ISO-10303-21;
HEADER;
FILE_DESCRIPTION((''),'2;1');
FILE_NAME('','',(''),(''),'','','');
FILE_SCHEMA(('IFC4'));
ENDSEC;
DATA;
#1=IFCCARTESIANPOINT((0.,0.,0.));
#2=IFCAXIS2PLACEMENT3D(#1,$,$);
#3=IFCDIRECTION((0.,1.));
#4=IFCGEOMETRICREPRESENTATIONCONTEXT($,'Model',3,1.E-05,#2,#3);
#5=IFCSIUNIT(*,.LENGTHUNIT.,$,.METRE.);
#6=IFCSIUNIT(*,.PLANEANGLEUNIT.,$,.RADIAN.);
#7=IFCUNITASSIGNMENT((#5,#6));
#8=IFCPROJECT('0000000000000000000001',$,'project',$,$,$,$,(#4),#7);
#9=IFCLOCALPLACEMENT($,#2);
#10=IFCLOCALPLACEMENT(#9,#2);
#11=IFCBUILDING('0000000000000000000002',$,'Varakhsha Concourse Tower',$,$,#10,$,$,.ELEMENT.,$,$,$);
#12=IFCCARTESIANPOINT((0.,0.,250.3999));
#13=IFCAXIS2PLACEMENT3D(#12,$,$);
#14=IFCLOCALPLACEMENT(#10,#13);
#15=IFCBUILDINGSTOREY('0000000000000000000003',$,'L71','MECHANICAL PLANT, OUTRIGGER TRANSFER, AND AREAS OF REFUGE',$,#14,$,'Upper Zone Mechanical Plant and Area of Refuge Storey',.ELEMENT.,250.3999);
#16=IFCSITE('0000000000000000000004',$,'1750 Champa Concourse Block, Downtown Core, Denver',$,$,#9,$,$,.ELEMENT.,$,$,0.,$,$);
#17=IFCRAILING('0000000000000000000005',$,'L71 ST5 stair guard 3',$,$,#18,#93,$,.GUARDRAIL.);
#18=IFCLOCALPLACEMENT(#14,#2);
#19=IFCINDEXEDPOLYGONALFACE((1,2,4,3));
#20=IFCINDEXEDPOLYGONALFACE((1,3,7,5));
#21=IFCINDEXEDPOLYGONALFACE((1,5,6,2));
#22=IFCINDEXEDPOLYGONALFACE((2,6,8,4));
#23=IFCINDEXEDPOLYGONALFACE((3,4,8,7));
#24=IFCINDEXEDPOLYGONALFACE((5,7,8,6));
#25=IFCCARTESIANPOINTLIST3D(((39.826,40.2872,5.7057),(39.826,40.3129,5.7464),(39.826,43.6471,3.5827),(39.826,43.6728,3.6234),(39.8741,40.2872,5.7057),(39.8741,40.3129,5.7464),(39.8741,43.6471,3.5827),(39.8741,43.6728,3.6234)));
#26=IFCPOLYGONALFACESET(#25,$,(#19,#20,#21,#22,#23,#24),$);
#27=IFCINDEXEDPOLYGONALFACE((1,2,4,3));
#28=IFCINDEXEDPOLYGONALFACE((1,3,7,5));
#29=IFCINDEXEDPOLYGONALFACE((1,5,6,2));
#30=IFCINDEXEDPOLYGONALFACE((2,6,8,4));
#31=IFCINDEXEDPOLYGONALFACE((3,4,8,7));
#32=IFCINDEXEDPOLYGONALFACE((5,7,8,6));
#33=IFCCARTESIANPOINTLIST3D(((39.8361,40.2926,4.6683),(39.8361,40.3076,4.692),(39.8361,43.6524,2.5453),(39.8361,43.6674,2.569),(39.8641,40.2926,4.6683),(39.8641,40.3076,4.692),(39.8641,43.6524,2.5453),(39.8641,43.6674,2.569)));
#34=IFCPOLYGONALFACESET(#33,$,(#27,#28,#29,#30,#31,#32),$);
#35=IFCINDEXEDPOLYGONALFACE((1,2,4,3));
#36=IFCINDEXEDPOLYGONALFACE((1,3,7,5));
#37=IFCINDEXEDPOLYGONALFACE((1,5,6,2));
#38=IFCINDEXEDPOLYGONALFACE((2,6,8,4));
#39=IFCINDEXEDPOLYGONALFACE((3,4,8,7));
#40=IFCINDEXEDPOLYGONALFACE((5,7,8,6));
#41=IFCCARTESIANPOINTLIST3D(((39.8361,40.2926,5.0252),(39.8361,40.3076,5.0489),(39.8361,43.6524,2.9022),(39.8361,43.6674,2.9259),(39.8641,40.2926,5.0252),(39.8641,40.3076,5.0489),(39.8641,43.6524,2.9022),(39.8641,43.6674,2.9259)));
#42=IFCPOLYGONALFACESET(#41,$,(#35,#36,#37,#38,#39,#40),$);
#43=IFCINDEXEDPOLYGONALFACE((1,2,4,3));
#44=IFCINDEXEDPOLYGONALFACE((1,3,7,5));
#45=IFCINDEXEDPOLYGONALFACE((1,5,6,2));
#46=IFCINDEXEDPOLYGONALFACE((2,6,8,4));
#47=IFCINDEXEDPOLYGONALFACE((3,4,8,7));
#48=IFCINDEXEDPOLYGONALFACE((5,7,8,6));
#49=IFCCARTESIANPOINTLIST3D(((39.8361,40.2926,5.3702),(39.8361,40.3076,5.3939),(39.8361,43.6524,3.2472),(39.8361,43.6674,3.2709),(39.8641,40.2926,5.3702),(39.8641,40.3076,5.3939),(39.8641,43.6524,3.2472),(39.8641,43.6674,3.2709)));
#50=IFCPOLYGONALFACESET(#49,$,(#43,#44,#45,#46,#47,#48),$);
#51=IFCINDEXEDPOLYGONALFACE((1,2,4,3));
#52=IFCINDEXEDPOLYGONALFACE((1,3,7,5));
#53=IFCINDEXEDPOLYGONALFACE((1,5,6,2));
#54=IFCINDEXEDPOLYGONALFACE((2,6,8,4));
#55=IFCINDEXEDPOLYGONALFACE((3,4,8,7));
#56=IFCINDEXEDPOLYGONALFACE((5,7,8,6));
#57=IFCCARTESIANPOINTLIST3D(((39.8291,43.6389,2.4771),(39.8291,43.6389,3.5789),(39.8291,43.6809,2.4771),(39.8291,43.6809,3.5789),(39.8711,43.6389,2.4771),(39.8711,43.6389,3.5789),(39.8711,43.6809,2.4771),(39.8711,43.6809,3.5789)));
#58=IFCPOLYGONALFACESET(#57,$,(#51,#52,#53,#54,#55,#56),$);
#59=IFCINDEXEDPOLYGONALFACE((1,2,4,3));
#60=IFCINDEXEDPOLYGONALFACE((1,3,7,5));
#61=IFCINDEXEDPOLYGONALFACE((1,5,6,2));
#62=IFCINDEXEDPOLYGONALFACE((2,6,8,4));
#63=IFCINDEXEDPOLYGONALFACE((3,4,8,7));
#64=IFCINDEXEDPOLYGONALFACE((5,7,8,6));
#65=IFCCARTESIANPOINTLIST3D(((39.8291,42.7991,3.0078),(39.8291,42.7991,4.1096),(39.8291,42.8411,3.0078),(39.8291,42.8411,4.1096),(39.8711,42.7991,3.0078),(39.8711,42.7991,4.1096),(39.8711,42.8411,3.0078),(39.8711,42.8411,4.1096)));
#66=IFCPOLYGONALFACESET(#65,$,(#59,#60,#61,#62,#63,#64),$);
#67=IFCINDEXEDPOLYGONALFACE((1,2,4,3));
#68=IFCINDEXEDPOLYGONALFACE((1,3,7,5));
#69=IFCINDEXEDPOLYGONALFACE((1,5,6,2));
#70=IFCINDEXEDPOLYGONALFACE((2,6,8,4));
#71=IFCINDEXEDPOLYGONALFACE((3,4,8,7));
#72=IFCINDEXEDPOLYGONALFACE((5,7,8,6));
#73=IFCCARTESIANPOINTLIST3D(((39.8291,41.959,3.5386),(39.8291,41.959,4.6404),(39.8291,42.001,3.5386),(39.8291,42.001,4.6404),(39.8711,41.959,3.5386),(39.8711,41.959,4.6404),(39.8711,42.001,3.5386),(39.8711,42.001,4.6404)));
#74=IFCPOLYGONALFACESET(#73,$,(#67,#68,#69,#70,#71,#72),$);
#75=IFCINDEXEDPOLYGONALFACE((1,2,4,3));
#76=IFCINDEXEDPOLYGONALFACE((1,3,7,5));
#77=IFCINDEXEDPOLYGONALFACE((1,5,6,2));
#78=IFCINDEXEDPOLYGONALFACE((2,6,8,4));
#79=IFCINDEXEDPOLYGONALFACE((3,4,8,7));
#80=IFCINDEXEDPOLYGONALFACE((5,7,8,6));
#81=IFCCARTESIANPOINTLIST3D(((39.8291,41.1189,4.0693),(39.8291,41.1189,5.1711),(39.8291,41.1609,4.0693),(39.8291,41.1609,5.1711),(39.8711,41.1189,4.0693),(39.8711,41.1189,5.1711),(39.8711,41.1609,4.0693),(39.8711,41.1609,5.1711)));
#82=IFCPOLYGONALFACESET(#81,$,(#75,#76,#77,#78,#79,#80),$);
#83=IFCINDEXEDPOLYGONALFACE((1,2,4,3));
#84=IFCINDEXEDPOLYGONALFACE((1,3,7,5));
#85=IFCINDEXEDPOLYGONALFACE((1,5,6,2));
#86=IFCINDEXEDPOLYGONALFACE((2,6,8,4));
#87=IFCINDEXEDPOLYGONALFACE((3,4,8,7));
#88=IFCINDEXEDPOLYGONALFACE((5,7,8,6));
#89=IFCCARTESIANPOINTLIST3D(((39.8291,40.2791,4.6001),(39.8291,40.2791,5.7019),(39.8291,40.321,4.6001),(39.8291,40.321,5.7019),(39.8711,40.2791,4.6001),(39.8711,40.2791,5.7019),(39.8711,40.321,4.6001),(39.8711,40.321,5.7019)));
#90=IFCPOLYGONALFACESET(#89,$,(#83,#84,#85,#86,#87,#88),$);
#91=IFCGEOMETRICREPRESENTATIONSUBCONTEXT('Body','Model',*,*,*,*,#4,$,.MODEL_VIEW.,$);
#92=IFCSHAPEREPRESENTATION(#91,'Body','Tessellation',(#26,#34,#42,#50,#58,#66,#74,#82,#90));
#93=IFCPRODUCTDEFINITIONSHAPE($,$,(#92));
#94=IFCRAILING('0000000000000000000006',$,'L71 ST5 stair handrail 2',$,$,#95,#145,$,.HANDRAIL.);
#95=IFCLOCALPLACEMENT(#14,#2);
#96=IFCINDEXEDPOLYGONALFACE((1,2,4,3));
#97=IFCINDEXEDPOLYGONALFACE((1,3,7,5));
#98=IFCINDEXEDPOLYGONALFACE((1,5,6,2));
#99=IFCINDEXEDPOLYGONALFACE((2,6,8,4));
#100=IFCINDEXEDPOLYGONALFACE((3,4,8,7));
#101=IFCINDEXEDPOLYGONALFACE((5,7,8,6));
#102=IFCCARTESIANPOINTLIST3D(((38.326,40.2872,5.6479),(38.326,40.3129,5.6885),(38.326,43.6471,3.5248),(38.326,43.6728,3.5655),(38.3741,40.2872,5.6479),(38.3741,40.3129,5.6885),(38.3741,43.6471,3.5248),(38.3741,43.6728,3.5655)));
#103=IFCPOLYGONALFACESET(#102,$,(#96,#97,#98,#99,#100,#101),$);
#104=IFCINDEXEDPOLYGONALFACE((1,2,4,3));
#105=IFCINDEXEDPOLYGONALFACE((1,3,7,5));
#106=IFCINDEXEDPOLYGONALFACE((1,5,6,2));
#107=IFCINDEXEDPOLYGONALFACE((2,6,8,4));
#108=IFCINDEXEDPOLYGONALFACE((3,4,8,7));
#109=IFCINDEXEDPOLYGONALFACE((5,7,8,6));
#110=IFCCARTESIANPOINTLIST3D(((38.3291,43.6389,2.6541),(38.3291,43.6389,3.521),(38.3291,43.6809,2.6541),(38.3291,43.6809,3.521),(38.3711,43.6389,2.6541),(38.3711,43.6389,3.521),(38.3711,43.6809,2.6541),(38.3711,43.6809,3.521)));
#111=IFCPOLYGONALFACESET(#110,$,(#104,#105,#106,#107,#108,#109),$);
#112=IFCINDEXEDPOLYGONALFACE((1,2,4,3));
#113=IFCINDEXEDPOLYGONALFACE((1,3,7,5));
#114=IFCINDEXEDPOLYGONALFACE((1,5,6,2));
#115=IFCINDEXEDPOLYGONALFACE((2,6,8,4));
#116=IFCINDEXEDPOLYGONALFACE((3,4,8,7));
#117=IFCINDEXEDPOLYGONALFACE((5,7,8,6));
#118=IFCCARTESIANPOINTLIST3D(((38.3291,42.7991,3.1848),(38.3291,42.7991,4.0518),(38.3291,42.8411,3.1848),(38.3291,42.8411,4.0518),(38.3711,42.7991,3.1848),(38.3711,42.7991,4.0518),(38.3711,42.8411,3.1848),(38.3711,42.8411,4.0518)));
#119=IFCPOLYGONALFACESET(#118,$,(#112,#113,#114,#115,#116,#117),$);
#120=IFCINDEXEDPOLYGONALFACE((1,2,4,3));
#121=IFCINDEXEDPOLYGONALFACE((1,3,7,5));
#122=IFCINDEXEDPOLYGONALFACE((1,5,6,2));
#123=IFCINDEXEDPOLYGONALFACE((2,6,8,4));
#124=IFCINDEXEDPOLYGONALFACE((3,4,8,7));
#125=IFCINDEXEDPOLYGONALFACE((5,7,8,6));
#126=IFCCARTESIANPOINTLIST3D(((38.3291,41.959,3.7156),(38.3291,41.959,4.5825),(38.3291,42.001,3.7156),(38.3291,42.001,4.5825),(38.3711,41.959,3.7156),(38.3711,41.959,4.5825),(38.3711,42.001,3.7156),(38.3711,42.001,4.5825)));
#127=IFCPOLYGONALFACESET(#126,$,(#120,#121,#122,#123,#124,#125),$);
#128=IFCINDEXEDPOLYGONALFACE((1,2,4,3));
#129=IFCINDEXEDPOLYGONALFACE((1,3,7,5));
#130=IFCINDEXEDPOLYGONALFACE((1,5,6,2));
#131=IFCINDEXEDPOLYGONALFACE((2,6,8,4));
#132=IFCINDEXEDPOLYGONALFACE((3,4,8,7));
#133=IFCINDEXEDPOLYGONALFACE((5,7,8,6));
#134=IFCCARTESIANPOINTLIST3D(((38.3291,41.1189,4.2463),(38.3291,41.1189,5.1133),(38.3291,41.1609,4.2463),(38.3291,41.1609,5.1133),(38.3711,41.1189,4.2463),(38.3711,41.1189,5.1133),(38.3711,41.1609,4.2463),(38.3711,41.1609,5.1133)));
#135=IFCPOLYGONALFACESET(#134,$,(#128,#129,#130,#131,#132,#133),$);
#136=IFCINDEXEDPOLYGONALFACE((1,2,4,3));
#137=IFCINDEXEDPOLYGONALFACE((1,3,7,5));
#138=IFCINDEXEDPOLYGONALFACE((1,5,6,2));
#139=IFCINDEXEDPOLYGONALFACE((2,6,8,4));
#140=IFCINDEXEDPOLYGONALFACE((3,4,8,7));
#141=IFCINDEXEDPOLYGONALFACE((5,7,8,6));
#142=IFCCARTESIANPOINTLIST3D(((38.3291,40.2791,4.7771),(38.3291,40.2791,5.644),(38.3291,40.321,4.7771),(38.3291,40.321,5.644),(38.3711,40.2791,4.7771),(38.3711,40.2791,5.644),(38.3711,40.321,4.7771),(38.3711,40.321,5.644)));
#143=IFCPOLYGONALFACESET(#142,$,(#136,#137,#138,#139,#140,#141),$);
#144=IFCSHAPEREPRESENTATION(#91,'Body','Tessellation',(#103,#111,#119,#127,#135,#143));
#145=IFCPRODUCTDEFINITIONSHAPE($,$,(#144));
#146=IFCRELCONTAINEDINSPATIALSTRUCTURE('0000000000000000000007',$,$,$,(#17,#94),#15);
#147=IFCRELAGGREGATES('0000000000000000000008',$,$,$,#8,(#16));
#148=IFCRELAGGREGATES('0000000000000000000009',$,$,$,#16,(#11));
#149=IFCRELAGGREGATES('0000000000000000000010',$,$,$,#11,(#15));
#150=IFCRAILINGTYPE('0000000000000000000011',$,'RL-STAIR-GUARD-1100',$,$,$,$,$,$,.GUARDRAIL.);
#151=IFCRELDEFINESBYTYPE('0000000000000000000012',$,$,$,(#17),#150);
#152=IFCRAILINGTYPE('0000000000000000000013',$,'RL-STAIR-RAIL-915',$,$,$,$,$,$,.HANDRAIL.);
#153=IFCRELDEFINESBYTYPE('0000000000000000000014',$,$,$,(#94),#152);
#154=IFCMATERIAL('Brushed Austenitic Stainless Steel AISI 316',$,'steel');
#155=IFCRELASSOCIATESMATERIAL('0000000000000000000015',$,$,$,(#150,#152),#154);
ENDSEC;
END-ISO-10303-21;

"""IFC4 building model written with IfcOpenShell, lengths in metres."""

from ifc_helpers import new_model, si_unit, direction, frame, origin, origin_2d, place, context, subcontext, project, spatial, rectangle, extrude, material, type_object, element, save


model = new_model("IFC4")

# Units and contexts
model_context = context("Model", 3, precision=1e-05, world=origin(), true_north=direction((0.0, 1.0)))
body_context = subcontext(model_context, "Body", "Model", "MODEL_VIEW")
ifc_project = project(units=[si_unit("LENGTHUNIT", "METRE"), si_unit("PLANEANGLEUNIT", "RADIAN")], contexts=[model_context])

# Site, building, storey
site_placement = place(None, origin())
site = spatial("IfcSite", under=ifc_project, at=site_placement, Name="1750 Champa Concourse Block, Downtown Core, Denver", CompositionType="ELEMENT", RefElevation=0.0)
building_placement = place(site_placement, origin())
building = spatial("IfcBuilding", under=site, at=building_placement, Name="Varakhsha Concourse Tower", CompositionType="ELEMENT")
storey_placement = place(building_placement, frame((0.0, 0.0, 250.3999)))
storey = spatial("IfcBuildingStorey", under=building, at=storey_placement, Name="L71", Description="MECHANICAL PLANT, OUTRIGGER TRANSFER, AND AREAS OF REFUGE", LongName="Upper Zone Mechanical Plant and Area of Refuge Storey", CompositionType="ELEMENT", Elevation=250.3999)

# Railings
ifc_material_1 = material(Name="Brushed Austenitic Stainless Steel AISI 316", Category="steel")
railing_type_1 = type_object("IfcRailingType", Name="RL-STAIR-GUARD-1100", PredefinedType="GUARDRAIL", material=ifc_material_1)
railing_1_placement = place(storey_placement, frame((39.8501, 43.6599, 2.4771)))
element("IfcRailing", 1, at=railing_1_placement, inside=storey, type_object=railing_type_1, Name="L71 ST5 stair guard 3", PredefinedType="GUARDRAIL", context=body_context, shape_type="SweptSolid", body=[
    extrude(rectangle(XDim=0.0481, YDim=0.0481, at=origin_2d()), frame((0.0, 0.0, 1.126), z_axis=(0.0, -0.845372, 0.534178), x_axis=(1.0, 0.0, 0.0)), (0.0, 0.0, 1.0), 3.9744),
    extrude(rectangle(XDim=0.0281, YDim=0.0281, at=origin_2d()), frame((0.0, 0.0, 0.0801), z_axis=(0.0, -0.845372, 0.534178), x_axis=(1.0, 0.0, 0.0)), (0.0, 0.0, 1.0), 3.9744),
    extrude(rectangle(XDim=0.0281, YDim=0.0281, at=origin_2d()), frame((0.0, 0.0, 0.437), z_axis=(0.0, -0.845372, 0.534178), x_axis=(1.0, 0.0, 0.0)), (0.0, 0.0, 1.0), 3.9744),
    extrude(rectangle(XDim=0.0281, YDim=0.0281, at=origin_2d()), frame((0.0, 0.0, 0.782), z_axis=(0.0, -0.845372, 0.534178), x_axis=(1.0, 0.0, 0.0)), (0.0, 0.0, 1.0), 3.9744),
    extrude(rectangle(XDim=0.042, YDim=0.042, at=origin_2d()), origin(), (0.0, 0.0, 1.0), 1.1018),
    extrude(rectangle(XDim=0.042, YDim=0.042, at=origin_2d()), frame((0.0, -0.8398, 0.5308)), (0.0, 0.0, 1.0), 1.1018),
    extrude(rectangle(XDim=0.042, YDim=0.042, at=origin_2d()), frame((0.0, -1.6799, 1.0615)), (0.0, 0.0, 1.0), 1.1018),
    extrude(rectangle(XDim=0.042, YDim=0.042, at=origin_2d()), frame((0.0, -2.52, 1.5923)), (0.0, 0.0, 1.0), 1.1018),
    extrude(rectangle(XDim=0.042, YDim=0.042, at=origin_2d()), frame((0.0, -3.3599, 2.123)), (0.0, 0.0, 1.0), 1.1018),
])
railing_type_2 = type_object("IfcRailingType", Name="RL-STAIR-RAIL-915", PredefinedType="HANDRAIL", material=ifc_material_1)
railing_2_placement = place(storey_placement, frame((38.3501, 43.6599, 2.6541)))
element("IfcRailing", 2, at=railing_2_placement, inside=storey, type_object=railing_type_2, Name="L71 ST5 stair handrail 2", PredefinedType="HANDRAIL", context=body_context, shape_type="SweptSolid", body=[
    extrude(rectangle(XDim=0.0481, YDim=0.0481, at=origin_2d()), frame((0.0, 0.0, 0.8911), z_axis=(0.0, -0.845372, 0.534178), x_axis=(1.0, 0.0, 0.0)), (0.0, 0.0, 1.0), 3.9744),
    extrude(rectangle(XDim=0.042, YDim=0.042, at=origin_2d()), origin(), (0.0, 0.0, 1.0), 0.8669),
    extrude(rectangle(XDim=0.042, YDim=0.042, at=origin_2d()), frame((0.0, -0.8398, 0.5308)), (0.0, 0.0, 1.0), 0.8669),
    extrude(rectangle(XDim=0.042, YDim=0.042, at=origin_2d()), frame((0.0, -1.6799, 1.0615)), (0.0, 0.0, 1.0), 0.8669),
    extrude(rectangle(XDim=0.042, YDim=0.042, at=origin_2d()), frame((0.0, -2.52, 1.5923)), (0.0, 0.0, 1.0), 0.8669),
    extrude(rectangle(XDim=0.042, YDim=0.042, at=origin_2d()), frame((0.0, -3.3599, 2.123)), (0.0, 0.0, 1.0), 0.8669),
])

save(model, "model.ifc")
